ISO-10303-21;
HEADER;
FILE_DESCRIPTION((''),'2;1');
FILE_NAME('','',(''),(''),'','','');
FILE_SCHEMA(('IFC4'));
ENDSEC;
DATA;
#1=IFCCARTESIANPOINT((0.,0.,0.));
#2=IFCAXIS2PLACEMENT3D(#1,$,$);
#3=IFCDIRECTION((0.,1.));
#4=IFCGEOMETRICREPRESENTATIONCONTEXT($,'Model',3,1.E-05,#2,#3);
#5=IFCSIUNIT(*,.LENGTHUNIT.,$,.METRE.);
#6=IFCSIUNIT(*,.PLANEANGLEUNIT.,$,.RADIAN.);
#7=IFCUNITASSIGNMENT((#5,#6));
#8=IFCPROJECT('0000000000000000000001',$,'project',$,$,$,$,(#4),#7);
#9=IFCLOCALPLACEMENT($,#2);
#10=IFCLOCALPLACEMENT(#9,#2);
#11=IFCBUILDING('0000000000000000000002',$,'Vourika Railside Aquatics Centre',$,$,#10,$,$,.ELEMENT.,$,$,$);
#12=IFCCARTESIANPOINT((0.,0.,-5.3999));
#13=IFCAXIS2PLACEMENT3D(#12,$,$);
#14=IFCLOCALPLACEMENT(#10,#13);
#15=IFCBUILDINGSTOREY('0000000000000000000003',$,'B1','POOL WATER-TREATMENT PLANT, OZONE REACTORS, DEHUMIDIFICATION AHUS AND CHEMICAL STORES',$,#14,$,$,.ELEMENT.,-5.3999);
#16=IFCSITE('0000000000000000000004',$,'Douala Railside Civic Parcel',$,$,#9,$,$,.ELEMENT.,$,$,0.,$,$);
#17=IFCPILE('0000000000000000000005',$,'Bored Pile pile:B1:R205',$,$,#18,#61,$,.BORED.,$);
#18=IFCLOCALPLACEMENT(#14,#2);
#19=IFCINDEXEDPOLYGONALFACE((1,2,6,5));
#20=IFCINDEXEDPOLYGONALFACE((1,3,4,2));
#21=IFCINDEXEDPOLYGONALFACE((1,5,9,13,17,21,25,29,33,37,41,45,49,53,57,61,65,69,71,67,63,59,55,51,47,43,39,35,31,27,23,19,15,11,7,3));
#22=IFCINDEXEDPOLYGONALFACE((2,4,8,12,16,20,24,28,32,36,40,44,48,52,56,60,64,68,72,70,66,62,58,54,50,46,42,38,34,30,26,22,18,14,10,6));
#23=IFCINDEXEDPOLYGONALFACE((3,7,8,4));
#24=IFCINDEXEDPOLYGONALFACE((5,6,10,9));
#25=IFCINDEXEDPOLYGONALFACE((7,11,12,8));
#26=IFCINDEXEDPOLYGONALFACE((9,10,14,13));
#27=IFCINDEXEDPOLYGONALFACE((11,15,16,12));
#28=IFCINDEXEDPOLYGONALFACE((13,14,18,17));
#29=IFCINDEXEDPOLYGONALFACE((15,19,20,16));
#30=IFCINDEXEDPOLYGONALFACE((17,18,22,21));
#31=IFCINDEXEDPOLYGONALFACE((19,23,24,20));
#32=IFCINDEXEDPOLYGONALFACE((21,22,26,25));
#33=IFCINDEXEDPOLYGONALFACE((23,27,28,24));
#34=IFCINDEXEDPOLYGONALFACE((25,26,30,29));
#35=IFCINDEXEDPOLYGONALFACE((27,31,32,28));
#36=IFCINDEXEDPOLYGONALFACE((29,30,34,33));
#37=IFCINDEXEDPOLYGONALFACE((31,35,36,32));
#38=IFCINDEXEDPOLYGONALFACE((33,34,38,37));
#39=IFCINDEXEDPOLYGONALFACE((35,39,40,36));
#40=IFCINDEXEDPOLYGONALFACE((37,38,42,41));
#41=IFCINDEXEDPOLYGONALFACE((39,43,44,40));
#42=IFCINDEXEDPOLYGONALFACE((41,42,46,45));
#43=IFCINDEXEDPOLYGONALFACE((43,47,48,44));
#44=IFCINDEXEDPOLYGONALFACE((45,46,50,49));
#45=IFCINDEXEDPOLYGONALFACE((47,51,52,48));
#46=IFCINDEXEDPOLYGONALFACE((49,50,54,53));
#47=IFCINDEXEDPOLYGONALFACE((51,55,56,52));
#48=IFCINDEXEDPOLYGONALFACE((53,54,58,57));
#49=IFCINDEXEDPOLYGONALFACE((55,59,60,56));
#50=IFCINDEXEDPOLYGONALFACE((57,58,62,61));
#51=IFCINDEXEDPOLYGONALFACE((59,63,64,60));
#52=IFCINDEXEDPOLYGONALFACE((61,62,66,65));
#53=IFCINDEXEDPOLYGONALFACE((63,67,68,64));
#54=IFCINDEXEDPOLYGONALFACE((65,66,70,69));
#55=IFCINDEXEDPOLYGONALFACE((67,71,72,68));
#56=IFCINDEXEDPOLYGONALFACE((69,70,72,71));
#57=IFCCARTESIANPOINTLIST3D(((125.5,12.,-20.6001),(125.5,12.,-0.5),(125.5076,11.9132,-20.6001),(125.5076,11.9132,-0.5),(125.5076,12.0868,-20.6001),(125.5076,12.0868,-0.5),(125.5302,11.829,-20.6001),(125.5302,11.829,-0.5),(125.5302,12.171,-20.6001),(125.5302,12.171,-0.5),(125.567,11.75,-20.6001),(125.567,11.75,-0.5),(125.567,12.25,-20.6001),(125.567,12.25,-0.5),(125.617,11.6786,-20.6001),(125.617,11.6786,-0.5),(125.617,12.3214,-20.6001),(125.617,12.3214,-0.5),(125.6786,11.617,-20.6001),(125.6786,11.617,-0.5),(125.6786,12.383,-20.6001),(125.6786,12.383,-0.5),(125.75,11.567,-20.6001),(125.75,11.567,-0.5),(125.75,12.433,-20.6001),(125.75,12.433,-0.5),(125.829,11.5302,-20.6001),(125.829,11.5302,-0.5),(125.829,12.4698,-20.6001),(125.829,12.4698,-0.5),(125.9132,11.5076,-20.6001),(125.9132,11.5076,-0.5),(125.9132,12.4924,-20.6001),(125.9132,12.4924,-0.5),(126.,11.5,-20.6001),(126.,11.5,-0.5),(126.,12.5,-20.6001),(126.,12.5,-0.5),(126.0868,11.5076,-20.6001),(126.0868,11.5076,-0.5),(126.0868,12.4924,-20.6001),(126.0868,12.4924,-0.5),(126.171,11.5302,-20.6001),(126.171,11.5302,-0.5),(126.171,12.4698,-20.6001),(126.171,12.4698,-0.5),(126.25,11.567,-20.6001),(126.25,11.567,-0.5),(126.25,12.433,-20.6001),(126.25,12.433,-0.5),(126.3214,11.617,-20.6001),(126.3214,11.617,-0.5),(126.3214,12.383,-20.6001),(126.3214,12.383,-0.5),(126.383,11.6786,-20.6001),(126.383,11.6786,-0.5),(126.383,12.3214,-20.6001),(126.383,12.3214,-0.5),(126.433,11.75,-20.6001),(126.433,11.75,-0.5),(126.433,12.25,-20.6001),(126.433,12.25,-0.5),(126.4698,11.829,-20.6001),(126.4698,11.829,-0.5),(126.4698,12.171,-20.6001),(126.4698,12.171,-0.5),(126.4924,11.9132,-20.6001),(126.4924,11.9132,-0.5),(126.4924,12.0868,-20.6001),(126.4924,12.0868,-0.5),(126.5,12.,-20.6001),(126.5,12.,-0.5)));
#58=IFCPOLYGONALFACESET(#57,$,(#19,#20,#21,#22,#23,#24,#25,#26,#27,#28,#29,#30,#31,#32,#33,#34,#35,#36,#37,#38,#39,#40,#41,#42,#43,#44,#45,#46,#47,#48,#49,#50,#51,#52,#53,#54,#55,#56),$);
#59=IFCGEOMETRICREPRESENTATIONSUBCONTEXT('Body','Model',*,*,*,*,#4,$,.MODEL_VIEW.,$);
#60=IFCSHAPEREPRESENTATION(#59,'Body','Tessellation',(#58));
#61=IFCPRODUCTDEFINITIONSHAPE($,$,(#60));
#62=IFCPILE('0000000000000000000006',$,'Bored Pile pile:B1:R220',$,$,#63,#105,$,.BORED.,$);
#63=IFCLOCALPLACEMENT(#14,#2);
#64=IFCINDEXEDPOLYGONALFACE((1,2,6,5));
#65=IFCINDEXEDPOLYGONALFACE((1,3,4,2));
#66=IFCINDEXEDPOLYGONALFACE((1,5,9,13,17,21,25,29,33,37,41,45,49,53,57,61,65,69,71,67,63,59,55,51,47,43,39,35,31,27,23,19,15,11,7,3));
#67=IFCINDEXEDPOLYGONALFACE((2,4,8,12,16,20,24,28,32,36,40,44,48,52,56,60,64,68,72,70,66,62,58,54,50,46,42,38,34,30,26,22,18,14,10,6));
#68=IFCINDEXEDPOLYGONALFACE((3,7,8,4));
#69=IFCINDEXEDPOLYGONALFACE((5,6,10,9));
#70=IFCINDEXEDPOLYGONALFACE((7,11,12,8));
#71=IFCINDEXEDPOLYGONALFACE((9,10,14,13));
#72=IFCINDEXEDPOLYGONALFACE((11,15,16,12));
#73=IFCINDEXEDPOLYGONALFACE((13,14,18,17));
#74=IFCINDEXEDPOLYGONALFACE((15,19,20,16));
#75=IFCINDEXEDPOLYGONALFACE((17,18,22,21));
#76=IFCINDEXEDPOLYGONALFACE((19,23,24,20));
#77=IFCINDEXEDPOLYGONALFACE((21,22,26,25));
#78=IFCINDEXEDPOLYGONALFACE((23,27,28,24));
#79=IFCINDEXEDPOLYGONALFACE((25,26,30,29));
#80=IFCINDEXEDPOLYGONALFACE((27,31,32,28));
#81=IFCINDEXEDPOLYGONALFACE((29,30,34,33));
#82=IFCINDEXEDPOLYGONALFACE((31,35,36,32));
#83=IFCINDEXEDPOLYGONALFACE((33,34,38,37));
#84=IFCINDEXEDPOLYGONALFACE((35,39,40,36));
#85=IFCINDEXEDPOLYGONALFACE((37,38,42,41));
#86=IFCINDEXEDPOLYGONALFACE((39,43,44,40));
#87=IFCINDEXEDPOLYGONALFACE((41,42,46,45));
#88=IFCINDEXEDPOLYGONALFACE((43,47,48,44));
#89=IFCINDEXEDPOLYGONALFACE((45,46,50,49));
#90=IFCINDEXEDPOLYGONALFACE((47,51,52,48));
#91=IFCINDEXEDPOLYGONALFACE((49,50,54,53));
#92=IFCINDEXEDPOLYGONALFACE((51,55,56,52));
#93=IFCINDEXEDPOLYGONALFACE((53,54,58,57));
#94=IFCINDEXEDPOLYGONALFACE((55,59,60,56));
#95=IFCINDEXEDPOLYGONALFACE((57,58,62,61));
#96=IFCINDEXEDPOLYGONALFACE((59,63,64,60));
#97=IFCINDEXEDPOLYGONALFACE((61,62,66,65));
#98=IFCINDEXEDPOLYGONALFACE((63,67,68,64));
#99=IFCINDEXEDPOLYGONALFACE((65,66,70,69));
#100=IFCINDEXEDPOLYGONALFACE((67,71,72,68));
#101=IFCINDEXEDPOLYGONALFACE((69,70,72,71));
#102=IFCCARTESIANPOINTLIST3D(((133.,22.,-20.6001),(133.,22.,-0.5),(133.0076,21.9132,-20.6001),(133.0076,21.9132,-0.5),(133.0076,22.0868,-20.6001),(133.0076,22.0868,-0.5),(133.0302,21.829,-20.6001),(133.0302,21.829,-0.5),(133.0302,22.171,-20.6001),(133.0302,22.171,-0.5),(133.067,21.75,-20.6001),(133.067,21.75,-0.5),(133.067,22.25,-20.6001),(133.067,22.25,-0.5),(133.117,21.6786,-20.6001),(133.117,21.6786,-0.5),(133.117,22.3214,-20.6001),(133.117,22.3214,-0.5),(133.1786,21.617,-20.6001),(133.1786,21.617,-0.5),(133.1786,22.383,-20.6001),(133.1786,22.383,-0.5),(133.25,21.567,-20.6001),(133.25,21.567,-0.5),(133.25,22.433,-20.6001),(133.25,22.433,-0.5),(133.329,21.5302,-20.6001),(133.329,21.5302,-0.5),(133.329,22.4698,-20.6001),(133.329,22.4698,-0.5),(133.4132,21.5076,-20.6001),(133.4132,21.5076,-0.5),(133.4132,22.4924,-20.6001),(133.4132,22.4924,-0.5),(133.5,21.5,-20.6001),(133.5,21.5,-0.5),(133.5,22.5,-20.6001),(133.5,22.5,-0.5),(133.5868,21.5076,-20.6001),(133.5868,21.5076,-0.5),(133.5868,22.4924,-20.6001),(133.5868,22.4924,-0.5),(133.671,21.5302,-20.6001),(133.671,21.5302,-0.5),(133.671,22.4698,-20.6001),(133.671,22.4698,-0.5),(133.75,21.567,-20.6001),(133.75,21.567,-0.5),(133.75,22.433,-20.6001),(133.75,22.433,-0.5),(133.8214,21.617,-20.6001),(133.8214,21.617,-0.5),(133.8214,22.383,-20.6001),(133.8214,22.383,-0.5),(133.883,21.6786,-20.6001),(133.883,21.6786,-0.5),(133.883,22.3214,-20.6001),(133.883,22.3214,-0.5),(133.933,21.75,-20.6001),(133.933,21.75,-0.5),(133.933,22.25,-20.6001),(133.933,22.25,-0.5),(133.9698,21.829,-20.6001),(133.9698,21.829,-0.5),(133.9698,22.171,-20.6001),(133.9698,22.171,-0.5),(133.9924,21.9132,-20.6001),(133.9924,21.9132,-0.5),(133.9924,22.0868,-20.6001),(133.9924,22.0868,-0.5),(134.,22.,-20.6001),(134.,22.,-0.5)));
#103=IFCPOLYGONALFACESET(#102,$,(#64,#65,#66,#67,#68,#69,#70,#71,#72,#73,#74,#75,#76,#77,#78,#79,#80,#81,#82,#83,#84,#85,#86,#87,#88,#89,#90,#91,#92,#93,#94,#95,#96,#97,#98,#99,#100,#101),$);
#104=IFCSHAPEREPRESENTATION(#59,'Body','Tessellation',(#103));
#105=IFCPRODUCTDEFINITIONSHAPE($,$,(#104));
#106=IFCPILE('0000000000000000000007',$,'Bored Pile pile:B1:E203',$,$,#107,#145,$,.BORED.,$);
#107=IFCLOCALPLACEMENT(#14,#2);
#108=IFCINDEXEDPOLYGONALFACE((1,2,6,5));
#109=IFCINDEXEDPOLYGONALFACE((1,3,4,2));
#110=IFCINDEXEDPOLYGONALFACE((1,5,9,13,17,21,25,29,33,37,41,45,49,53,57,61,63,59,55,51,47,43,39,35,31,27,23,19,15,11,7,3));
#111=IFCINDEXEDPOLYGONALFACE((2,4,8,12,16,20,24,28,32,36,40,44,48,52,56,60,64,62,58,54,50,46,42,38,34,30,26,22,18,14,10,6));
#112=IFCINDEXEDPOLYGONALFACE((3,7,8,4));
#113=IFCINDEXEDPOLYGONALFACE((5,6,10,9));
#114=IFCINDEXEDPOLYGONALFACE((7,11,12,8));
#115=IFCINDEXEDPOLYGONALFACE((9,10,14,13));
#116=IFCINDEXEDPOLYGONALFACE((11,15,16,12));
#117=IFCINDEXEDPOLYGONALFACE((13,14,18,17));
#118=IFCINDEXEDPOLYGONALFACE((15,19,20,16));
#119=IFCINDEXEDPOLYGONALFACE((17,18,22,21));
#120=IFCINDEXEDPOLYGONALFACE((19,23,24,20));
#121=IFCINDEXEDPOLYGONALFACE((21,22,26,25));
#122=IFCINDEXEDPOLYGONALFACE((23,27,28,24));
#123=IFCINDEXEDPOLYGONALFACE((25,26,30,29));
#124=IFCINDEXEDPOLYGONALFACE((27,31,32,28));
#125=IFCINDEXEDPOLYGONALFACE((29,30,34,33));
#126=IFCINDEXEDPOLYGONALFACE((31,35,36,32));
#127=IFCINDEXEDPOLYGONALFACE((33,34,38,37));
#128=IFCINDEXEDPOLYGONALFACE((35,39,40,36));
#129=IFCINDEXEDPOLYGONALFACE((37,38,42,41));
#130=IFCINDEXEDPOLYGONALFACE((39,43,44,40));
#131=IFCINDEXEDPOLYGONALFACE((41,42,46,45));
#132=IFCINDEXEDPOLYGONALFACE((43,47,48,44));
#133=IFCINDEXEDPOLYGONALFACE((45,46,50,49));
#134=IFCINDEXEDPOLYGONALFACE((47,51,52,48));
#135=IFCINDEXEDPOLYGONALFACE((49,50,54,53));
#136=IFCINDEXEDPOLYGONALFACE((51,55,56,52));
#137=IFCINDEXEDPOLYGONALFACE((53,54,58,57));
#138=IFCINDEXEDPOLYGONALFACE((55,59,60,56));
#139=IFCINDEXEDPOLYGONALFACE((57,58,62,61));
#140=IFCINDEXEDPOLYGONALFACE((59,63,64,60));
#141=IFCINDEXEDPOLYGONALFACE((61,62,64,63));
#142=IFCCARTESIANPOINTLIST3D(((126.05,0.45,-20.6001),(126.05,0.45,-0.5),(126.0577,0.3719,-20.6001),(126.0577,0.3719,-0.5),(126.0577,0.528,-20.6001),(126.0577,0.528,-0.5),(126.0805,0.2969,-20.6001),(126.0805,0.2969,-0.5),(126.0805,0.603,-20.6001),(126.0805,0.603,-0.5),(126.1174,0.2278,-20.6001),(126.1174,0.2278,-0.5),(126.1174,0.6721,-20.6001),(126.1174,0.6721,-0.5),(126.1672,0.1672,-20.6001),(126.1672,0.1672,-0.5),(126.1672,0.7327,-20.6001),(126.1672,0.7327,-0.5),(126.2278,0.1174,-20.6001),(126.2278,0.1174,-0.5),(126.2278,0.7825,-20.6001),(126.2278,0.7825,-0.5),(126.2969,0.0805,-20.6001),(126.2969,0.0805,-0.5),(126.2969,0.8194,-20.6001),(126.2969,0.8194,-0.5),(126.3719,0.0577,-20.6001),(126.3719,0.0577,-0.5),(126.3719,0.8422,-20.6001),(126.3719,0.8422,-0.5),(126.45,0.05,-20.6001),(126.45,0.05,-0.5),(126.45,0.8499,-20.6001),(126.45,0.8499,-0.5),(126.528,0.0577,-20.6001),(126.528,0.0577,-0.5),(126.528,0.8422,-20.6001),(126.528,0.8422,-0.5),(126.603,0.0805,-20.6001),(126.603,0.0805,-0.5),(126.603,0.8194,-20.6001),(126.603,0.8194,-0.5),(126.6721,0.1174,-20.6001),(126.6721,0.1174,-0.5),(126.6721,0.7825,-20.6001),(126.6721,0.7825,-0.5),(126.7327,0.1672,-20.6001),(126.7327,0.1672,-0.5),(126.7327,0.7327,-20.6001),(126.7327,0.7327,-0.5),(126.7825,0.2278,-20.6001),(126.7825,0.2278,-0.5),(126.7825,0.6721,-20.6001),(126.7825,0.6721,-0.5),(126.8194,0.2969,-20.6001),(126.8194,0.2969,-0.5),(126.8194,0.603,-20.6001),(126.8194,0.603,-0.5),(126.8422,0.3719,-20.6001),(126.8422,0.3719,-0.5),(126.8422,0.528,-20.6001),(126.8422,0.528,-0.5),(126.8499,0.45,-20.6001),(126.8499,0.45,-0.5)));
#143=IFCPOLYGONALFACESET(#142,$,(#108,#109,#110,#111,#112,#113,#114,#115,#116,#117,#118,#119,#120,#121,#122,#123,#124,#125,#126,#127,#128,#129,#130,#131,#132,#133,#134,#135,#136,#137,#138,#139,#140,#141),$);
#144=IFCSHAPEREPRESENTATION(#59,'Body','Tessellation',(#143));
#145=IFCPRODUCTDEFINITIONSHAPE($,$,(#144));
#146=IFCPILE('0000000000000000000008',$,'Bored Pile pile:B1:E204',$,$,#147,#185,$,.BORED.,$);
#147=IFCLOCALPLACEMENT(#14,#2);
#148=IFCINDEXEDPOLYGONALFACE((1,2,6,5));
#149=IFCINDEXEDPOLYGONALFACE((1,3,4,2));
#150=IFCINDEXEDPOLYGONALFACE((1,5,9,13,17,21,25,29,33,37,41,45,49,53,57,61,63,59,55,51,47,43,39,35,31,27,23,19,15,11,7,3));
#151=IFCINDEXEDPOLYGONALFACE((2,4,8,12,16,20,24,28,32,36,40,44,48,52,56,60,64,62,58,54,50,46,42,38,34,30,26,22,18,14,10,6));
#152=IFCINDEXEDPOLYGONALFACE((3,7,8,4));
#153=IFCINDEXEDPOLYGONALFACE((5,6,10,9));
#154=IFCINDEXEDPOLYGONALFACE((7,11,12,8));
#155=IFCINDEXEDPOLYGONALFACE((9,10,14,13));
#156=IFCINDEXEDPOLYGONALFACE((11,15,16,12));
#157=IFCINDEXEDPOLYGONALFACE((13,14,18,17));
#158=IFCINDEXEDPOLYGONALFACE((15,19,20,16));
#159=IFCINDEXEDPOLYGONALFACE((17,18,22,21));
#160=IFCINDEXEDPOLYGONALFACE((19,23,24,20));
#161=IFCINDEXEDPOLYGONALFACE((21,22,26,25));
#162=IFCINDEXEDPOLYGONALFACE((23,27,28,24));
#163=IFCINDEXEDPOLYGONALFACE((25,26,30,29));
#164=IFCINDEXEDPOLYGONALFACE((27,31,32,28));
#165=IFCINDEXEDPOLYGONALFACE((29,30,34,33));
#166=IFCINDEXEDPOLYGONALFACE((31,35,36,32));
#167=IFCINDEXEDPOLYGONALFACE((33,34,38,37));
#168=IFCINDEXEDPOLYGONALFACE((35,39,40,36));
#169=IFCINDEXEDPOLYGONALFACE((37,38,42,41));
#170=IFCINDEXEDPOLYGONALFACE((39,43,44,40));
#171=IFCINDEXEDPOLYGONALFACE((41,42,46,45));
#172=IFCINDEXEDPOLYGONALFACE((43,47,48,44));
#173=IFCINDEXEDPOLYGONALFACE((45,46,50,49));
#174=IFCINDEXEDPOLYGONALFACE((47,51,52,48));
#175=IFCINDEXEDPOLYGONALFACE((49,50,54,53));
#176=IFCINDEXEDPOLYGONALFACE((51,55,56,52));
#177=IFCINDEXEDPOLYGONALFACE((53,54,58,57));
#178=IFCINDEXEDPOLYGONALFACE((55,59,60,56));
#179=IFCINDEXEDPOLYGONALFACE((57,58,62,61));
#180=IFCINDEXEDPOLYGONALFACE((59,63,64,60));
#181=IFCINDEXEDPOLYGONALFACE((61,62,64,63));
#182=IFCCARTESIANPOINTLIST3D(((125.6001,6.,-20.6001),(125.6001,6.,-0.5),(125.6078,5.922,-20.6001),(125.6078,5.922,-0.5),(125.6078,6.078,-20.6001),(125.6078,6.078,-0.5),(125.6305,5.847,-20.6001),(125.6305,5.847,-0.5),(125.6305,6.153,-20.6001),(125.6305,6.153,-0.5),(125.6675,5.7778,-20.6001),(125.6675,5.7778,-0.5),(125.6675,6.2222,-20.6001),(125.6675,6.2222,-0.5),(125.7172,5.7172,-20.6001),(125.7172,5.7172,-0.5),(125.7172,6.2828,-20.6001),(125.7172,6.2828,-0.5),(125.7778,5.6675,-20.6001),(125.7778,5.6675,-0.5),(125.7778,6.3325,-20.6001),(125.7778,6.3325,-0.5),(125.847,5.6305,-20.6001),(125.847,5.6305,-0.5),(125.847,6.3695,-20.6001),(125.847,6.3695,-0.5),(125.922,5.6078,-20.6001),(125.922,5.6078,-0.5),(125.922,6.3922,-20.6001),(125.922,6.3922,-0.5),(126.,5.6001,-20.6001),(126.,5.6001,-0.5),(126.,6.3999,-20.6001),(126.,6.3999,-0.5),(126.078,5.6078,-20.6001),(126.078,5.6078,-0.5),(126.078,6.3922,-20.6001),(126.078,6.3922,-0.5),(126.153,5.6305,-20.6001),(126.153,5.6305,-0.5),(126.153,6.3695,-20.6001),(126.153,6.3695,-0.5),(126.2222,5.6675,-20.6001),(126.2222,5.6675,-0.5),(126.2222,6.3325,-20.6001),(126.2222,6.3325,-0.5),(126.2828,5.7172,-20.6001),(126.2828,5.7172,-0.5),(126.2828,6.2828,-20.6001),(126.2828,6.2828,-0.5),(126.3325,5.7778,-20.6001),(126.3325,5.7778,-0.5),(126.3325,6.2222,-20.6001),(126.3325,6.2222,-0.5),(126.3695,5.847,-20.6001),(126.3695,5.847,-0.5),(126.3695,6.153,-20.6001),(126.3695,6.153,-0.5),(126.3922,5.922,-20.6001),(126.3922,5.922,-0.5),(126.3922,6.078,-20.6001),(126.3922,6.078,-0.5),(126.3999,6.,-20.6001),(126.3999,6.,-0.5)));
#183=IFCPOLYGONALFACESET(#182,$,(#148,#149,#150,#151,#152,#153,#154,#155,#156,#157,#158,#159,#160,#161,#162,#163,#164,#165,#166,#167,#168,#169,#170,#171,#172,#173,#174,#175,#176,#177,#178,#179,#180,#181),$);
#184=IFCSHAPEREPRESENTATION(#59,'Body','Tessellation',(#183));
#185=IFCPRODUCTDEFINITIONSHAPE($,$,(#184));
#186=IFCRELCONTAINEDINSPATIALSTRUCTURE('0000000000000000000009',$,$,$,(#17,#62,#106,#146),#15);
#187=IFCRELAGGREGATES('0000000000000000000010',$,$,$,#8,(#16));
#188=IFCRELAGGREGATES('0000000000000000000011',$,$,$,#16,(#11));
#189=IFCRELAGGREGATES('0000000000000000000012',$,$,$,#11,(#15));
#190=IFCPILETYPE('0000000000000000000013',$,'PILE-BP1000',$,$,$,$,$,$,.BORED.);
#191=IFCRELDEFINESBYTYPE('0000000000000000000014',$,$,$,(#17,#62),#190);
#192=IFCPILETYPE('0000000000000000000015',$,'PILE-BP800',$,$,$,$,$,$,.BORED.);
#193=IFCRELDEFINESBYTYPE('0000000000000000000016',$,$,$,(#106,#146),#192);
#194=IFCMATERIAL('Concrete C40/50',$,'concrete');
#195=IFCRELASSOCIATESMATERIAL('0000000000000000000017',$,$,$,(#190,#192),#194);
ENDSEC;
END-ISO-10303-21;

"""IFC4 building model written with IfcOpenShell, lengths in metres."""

from ifc_helpers import new_model, si_unit, direction, frame, origin, origin_2d, place, context, subcontext, project, spatial, circle, extrude, material, material_profile, profile_set, type_object, element, save


model = new_model("IFC4")

# Units and contexts
model_context = context("Model", 3, precision=1e-05, world=origin(), true_north=direction((0.0, 1.0)))
body_context = subcontext(model_context, "Body", "Model", "MODEL_VIEW")
ifc_project = project(units=[si_unit("LENGTHUNIT", "METRE"), si_unit("PLANEANGLEUNIT", "RADIAN")], contexts=[model_context])

# Site, building, storey
site_placement = place(None, origin())
site = spatial("IfcSite", under=ifc_project, at=site_placement, Name="Douala Railside Civic Parcel", CompositionType="ELEMENT", RefElevation=0.0)
building_placement = place(site_placement, origin())
building = spatial("IfcBuilding", under=site, at=building_placement, Name="Vourika Railside Aquatics Centre", CompositionType="ELEMENT")
storey_placement = place(building_placement, frame((0.0, 0.0, -5.3999)))
storey = spatial("IfcBuildingStorey", under=building, at=storey_placement, Name="B1", Description="POOL WATER-TREATMENT PLANT, OZONE REACTORS, DEHUMIDIFICATION AHUS AND CHEMICAL STORES", CompositionType="ELEMENT", Elevation=-5.3999)

# Piles
ifc_material_1 = material(Name="Concrete C40/50", Category="concrete")
ifc_material_profile_1 = material_profile(ifc_material_1, circle(Radius=0.5, at=origin_2d()), Name="BP 1000")
ifc_profile_set_1 = profile_set([ifc_material_profile_1], Name="Concrete C40/50")
pile_type_1 = type_object("IfcPileType", Name="PILE-BP1000", PredefinedType="BORED", material=ifc_profile_set_1)
for number, where, z_axis, x_axis, name in (
    (1, (126.0, 12.0, -0.5), (0.0, 0.0, -1.0), (1.0, 0.0, 0.0), "Bored Pile pile:B1:R205"),
    (2, (133.5, 22.0, -0.5), (0.0, 0.0, -1.0), (1.0, 0.0, 0.0), "Bored Pile pile:B1:R220"),
):
    element("IfcPile", number, at=place(storey_placement, frame(where, z_axis=z_axis, x_axis=x_axis)), inside=storey, type_object=pile_type_1, Name=name, PredefinedType="BORED", context=body_context, shape_type="SweptSolid", body=[
        extrude(circle(Radius=0.5, at=origin_2d()), origin(), (0.0, 0.0, 1.0), 20.1001),
    ])
ifc_material_profile_2 = material_profile(ifc_material_1, circle(Radius=0.3999, at=origin_2d()), Name="BP 800")
ifc_profile_set_2 = profile_set([ifc_material_profile_2], Name="Concrete C40/50")
pile_type_2 = type_object("IfcPileType", Name="PILE-BP800", PredefinedType="BORED", material=ifc_profile_set_2)
for number, where, z_axis, x_axis, name in (
    (3, (126.45, 0.45, -0.5), (0.0, 0.0, -1.0), (1.0, 0.0, 0.0), "Bored Pile pile:B1:E203"),
    (4, (126.0, 6.0, -0.5), (0.0, 0.0, -1.0), (1.0, 0.0, 0.0), "Bored Pile pile:B1:E204"),
):
    element("IfcPile", number, at=place(storey_placement, frame(where, z_axis=z_axis, x_axis=x_axis)), inside=storey, type_object=pile_type_2, Name=name, PredefinedType="BORED", context=body_context, shape_type="SweptSolid", body=[
        extrude(circle(Radius=0.3999, at=origin_2d()), origin(), (0.0, 0.0, 1.0), 20.1001),
    ])

save(model, "model.ifc")
